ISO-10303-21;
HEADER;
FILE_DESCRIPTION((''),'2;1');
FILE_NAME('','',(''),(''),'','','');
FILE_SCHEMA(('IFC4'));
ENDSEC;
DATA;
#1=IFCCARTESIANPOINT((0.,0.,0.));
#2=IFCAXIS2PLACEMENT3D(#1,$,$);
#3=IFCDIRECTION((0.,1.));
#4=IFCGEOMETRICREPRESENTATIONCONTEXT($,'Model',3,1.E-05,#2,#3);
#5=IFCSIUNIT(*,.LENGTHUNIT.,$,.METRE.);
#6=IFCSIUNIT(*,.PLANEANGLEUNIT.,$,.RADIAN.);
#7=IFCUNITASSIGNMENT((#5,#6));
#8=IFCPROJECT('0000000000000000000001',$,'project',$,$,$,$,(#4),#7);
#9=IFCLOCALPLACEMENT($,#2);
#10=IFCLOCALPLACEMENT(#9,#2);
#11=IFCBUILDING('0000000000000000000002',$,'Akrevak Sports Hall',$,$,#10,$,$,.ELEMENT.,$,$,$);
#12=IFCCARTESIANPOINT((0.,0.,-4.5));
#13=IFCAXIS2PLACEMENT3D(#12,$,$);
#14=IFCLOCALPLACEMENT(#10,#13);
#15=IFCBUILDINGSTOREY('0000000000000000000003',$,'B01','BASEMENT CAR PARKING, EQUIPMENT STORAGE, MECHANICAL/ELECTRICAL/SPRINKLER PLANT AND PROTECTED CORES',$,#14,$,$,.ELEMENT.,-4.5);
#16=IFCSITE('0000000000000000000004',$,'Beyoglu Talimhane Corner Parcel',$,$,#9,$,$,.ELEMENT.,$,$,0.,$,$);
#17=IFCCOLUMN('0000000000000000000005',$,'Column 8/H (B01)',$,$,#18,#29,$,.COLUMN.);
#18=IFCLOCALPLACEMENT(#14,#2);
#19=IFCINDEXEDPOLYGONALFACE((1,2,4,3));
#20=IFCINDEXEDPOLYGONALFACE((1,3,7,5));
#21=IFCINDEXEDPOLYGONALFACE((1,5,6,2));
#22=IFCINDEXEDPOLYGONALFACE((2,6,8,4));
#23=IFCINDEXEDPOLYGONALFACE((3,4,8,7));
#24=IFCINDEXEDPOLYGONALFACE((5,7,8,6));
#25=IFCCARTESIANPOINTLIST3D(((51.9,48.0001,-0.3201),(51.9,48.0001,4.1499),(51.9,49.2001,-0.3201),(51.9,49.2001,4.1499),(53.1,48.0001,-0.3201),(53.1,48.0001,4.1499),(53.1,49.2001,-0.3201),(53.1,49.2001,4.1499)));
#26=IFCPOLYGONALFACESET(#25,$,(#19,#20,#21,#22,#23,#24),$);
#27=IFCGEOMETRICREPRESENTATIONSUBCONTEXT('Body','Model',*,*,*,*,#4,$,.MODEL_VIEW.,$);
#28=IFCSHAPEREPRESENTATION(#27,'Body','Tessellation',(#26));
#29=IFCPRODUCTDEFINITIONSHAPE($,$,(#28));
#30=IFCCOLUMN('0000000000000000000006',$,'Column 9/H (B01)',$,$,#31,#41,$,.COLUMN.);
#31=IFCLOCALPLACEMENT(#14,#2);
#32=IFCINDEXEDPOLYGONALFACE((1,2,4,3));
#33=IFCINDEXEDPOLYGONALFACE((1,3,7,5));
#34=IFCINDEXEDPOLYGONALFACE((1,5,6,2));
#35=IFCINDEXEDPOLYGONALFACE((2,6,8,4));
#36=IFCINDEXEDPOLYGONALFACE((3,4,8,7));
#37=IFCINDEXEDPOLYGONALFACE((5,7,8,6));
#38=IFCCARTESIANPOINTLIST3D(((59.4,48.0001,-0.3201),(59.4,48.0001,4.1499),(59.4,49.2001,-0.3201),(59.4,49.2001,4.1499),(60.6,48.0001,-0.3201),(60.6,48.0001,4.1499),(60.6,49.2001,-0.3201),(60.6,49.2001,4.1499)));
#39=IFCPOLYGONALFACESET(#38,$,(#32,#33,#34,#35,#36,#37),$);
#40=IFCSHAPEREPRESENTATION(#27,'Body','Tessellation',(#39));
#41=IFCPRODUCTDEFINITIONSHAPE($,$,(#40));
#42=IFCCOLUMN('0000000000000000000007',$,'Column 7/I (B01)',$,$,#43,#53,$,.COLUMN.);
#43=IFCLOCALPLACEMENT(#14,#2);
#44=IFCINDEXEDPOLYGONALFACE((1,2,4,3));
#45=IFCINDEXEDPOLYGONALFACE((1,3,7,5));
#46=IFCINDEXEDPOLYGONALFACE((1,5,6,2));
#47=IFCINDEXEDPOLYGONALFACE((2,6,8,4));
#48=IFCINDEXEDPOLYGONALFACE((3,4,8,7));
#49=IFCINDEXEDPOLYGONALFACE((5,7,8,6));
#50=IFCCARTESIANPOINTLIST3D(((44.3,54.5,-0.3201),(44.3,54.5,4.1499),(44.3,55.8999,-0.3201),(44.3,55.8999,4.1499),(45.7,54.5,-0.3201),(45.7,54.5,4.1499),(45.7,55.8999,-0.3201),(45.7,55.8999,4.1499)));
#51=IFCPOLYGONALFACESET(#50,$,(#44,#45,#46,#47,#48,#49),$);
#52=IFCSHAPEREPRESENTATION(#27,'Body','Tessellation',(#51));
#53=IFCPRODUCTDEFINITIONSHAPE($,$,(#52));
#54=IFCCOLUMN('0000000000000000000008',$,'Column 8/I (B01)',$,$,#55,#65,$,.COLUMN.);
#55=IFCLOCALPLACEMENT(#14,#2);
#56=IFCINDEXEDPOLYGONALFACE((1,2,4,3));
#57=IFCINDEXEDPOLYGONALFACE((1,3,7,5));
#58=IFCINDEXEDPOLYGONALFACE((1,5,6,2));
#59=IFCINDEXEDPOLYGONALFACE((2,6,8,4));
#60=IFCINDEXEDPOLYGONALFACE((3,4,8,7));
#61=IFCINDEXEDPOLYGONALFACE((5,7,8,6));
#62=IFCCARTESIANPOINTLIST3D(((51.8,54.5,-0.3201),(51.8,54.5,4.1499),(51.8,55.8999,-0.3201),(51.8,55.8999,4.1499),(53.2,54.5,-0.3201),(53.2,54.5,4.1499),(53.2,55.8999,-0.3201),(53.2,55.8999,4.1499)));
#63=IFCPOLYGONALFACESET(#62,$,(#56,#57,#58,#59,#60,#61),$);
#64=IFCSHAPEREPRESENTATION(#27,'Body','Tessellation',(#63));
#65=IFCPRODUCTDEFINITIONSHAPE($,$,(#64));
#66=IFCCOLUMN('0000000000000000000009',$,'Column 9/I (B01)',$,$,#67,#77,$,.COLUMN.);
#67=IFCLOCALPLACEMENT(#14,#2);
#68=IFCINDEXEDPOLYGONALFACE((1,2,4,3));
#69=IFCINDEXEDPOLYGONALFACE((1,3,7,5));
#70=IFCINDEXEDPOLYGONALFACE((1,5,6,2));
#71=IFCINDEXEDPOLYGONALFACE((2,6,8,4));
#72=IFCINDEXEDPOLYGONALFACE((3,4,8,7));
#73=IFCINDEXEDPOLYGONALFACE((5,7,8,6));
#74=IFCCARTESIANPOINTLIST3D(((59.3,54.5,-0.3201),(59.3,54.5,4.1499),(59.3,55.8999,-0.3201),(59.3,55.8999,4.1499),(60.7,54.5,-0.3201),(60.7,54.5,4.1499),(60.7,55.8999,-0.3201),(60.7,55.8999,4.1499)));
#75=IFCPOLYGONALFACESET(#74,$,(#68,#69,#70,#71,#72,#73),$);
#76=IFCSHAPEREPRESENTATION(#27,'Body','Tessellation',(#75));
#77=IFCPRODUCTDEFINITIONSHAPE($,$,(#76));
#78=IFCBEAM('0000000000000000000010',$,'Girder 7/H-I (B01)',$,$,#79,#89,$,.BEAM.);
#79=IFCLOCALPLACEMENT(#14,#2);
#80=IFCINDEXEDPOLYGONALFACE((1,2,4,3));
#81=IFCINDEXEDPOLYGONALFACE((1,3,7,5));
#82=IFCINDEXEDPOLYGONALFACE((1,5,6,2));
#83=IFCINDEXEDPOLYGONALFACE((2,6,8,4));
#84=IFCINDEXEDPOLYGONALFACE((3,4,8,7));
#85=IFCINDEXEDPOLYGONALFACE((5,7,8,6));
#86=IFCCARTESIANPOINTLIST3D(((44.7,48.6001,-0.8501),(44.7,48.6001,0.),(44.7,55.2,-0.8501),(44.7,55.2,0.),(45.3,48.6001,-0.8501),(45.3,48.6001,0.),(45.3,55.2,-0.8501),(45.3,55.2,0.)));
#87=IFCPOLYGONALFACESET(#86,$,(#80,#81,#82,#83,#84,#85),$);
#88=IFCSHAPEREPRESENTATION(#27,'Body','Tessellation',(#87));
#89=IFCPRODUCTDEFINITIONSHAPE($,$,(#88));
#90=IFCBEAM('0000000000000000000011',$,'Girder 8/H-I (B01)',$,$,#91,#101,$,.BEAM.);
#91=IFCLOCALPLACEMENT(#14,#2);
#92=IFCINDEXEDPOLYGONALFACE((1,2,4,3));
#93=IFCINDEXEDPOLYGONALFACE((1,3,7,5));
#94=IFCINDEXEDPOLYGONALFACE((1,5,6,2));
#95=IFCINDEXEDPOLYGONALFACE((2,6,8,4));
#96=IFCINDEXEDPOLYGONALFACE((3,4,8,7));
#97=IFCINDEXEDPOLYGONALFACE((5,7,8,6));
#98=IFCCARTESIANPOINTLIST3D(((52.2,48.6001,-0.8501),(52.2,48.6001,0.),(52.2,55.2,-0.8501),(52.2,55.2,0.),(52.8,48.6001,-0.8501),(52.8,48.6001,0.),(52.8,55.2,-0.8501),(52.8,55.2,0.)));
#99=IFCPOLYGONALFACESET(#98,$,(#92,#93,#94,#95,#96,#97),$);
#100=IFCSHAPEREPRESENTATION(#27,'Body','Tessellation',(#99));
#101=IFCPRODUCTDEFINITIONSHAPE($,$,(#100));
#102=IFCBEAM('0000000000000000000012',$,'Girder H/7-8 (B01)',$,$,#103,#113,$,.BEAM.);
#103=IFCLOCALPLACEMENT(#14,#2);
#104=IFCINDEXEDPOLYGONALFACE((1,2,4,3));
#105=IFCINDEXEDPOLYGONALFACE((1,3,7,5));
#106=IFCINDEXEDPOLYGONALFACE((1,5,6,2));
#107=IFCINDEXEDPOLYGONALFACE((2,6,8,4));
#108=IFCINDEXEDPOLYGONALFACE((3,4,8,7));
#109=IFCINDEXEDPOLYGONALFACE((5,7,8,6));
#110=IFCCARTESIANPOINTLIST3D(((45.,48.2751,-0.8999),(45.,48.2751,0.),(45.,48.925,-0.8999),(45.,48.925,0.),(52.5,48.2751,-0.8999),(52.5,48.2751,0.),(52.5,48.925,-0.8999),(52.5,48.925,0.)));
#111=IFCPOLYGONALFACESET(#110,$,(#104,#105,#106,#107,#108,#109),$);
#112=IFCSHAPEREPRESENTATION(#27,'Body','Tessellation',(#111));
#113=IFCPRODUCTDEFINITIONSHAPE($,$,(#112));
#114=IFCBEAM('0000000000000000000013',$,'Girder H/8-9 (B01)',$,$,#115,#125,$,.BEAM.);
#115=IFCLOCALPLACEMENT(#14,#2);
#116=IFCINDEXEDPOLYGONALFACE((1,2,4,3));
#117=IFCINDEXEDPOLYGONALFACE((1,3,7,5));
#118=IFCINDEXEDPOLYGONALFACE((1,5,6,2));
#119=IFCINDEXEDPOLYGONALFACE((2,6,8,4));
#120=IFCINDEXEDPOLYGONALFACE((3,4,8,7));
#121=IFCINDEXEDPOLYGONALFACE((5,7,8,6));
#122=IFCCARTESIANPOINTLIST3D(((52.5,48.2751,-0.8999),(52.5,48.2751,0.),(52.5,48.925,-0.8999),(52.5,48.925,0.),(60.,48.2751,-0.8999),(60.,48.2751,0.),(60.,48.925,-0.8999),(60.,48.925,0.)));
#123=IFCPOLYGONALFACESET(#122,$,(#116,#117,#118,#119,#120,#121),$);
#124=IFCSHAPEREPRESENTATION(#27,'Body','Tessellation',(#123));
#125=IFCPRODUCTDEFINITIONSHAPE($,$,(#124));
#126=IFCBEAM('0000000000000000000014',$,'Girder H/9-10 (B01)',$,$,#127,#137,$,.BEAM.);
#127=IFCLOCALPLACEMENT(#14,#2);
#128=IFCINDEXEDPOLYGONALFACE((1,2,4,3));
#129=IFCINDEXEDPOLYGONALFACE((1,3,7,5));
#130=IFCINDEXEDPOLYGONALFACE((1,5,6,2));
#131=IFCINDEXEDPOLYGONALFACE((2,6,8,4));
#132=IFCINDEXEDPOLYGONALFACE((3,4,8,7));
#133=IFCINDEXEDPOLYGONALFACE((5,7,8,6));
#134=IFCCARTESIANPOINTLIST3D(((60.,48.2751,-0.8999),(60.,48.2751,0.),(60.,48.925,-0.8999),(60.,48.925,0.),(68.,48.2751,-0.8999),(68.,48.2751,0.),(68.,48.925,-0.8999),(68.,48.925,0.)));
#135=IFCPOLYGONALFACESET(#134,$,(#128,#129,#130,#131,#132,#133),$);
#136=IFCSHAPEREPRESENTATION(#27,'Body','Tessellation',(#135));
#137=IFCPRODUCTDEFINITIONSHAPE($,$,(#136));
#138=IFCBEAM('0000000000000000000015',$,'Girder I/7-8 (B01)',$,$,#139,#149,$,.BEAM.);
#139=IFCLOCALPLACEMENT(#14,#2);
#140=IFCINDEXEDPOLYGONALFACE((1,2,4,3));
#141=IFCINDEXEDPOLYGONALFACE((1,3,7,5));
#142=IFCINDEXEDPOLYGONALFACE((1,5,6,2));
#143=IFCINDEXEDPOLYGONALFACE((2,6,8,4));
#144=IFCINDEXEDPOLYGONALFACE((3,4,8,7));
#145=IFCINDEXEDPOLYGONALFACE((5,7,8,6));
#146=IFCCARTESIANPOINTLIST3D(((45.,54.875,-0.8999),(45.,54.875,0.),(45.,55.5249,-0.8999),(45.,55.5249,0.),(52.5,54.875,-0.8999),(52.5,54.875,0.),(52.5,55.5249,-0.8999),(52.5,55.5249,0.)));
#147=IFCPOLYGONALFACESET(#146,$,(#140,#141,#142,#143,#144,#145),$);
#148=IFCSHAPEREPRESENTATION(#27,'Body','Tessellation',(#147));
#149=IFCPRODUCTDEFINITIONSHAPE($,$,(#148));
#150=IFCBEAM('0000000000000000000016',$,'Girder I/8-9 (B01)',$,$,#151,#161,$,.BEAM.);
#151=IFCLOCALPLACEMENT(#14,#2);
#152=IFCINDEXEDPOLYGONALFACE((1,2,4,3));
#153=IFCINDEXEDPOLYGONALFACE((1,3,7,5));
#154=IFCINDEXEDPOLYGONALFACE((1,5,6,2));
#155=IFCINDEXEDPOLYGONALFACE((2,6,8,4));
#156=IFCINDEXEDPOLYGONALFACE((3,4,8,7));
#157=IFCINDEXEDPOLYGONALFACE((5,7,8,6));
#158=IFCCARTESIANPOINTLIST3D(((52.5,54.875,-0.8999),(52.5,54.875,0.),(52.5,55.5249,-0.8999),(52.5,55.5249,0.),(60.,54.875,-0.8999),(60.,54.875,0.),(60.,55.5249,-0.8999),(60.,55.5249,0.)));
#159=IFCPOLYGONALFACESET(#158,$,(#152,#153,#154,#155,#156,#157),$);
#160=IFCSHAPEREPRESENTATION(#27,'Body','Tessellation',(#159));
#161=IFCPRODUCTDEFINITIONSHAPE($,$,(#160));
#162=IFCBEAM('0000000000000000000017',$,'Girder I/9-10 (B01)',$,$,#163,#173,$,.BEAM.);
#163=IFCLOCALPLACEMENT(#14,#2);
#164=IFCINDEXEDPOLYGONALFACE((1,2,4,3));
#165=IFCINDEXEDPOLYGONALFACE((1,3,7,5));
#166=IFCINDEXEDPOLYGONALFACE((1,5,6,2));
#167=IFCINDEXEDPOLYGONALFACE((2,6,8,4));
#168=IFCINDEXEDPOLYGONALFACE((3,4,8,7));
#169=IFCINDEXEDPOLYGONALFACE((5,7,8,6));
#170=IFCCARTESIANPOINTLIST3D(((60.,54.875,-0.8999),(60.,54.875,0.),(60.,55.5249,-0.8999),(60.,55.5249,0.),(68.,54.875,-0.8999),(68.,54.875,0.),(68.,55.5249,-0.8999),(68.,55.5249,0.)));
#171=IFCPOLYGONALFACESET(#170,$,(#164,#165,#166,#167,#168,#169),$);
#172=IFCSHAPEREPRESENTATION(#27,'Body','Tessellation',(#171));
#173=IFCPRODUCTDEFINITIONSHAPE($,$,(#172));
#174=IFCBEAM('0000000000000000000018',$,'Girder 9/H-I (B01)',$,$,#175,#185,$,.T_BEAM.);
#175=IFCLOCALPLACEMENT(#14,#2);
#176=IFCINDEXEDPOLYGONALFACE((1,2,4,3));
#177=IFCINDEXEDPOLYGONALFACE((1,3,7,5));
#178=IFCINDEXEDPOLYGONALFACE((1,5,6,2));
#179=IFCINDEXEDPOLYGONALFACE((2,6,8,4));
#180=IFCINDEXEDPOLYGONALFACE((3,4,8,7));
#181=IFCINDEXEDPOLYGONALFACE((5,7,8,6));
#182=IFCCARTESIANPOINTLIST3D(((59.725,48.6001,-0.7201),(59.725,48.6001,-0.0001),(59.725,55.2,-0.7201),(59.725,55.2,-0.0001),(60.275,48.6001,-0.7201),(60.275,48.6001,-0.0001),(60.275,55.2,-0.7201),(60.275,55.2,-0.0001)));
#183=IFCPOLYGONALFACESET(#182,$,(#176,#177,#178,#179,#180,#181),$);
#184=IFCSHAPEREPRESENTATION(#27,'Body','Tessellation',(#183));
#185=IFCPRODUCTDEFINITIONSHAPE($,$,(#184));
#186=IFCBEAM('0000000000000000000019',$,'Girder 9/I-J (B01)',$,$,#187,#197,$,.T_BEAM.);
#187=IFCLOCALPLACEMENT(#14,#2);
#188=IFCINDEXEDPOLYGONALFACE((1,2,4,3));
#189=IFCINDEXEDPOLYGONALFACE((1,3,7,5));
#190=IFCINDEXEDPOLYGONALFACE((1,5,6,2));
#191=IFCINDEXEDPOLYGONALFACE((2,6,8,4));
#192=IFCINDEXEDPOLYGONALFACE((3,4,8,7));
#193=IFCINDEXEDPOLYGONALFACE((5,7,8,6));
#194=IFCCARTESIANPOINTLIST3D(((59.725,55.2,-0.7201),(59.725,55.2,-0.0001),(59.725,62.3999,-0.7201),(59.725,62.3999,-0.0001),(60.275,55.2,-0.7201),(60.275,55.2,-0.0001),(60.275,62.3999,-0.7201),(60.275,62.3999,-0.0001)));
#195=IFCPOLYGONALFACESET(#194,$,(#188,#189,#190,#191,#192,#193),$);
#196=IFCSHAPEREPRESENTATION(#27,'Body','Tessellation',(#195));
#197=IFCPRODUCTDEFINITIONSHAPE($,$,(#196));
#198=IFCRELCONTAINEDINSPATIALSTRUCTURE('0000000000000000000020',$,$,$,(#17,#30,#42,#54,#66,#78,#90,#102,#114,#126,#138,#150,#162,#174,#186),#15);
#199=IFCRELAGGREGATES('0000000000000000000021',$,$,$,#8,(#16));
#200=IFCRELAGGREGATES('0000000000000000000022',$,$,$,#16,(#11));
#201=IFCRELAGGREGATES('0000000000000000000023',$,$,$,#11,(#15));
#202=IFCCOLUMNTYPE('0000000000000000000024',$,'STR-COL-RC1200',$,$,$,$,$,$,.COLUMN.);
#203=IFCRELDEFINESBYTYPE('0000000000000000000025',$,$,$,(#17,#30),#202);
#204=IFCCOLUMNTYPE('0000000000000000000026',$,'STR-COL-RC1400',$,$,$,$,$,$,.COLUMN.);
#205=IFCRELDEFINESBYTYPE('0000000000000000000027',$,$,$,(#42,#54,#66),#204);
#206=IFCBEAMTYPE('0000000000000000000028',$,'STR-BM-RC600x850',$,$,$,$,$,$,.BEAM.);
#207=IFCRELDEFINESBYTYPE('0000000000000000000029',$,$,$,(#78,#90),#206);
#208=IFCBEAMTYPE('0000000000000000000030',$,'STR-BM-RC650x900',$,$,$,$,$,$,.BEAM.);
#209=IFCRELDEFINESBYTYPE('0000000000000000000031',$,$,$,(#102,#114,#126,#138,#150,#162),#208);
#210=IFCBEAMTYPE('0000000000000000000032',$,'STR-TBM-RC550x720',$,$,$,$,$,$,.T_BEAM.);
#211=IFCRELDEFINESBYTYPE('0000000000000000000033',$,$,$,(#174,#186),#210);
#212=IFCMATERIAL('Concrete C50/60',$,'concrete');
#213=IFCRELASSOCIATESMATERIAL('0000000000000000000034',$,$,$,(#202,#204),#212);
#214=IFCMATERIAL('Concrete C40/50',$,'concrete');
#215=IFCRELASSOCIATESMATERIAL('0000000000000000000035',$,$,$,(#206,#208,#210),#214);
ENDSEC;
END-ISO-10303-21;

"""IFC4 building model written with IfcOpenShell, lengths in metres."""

from ifc_helpers import new_model, si_unit, direction, frame, origin, origin_2d, place, context, subcontext, project, spatial, rectangle, extrude, material, material_profile, profile_set, type_object, element, save


model = new_model("IFC4")

# Units and contexts
model_context = context("Model", 3, precision=1e-05, world=origin(), true_north=direction((0.0, 1.0)))
body_context = subcontext(model_context, "Body", "Model", "MODEL_VIEW")
ifc_project = project(units=[si_unit("LENGTHUNIT", "METRE"), si_unit("PLANEANGLEUNIT", "RADIAN")], contexts=[model_context])

# Site, building, storey
site_placement = place(None, origin())
site = spatial("IfcSite", under=ifc_project, at=site_placement, Name="Beyoglu Talimhane Corner Parcel", CompositionType="ELEMENT", RefElevation=0.0)
building_placement = place(site_placement, origin())
building = spatial("IfcBuilding", under=site, at=building_placement, Name="Akrevak Sports Hall", CompositionType="ELEMENT")
storey_placement = place(building_placement, frame((0.0, 0.0, -4.5)))
storey = spatial("IfcBuildingStorey", under=building, at=storey_placement, Name="B01", Description="BASEMENT CAR PARKING, EQUIPMENT STORAGE, MECHANICAL/ELECTRICAL/SPRINKLER PLANT AND PROTECTED CORES", CompositionType="ELEMENT", Elevation=-4.5)

# Columns
ifc_material_1 = material(Name="Concrete C50/60", Category="concrete")
ifc_material_profile_1 = material_profile(ifc_material_1, rectangle(XDim=1.2, YDim=1.2, at=origin_2d()), Name="RC 1200x1200", Category="concrete")
ifc_profile_set_1 = profile_set([ifc_material_profile_1], Name="Concrete C50/60")
column_type_1 = type_object("IfcColumnType", Name="STR-COL-RC1200", PredefinedType="COLUMN", material=ifc_profile_set_1)
for number, where, z_axis, x_axis, name in (
    (1, (52.5, 48.6001, -0.3201), (0.0, 0.0, 1.0), (1.0, 0.0, 0.0), "Column 8/H (B01)"),
    (2, (60.0, 48.6001, -0.3201), (0.0, 0.0, 1.0), (1.0, 0.0, 0.0), "Column 9/H (B01)"),
):
    element("IfcColumn", number, at=place(storey_placement, frame(where, z_axis=z_axis, x_axis=x_axis)), inside=storey, type_object=column_type_1, Name=name, PredefinedType="COLUMN", context=body_context, shape_type="SweptSolid", body=[
        extrude(rectangle(XDim=1.2, YDim=1.2, at=origin_2d()), origin(), (0.0, 0.0, 1.0), 4.47),
    ])
ifc_material_profile_2 = material_profile(ifc_material_1, rectangle(XDim=1.3999, YDim=1.3999, at=origin_2d()), Name="RC 1400x1400", Category="concrete")
ifc_profile_set_2 = profile_set([ifc_material_profile_2], Name="Concrete C50/60")
column_type_2 = type_object("IfcColumnType", Name="STR-COL-RC1400", PredefinedType="COLUMN", material=ifc_profile_set_2)
for number, where, z_axis, x_axis, name in (
    (3, (45.0, 55.2, -0.3201), (0.0, 0.0, 1.0), (1.0, 0.0, 0.0), "Column 7/I (B01)"),
    (4, (52.5, 55.2, -0.3201), (0.0, 0.0, 1.0), (1.0, 0.0, 0.0), "Column 8/I (B01)"),
    (5, (60.0, 55.2, -0.3201), (0.0, 0.0, 1.0), (1.0, 0.0, 0.0), "Column 9/I (B01)"),
):
    element("IfcColumn", number, at=place(storey_placement, frame(where, z_axis=z_axis, x_axis=x_axis)), inside=storey, type_object=column_type_2, Name=name, PredefinedType="COLUMN", context=body_context, shape_type="SweptSolid", body=[
        extrude(rectangle(XDim=1.3999, YDim=1.3999, at=origin_2d()), origin(), (0.0, 0.0, 1.0), 4.47),
    ])

# Beams
ifc_material_2 = material(Name="Concrete C40/50", Category="concrete")
ifc_material_profile_3 = material_profile(ifc_material_2, rectangle(XDim=0.6001, YDim=0.8501, at=origin_2d()), Name="BM 600x850", Category="concrete")
ifc_profile_set_3 = profile_set([ifc_material_profile_3], Name="Concrete C40/50")
beam_type_1 = type_object("IfcBeamType", Name="STR-BM-RC600x850", PredefinedType="BEAM", material=ifc_profile_set_3)
for number, where, z_axis, x_axis, name in (
    (6, (45.0, 48.6001, -0.425), (0.0, 1.0, 0.0), (-1.0, 0.0, 0.0), "Girder 7/H-I (B01)"),
    (7, (52.5, 48.6001, -0.425), (0.0, 1.0, 0.0), (-1.0, 0.0, 0.0), "Girder 8/H-I (B01)"),
):
    element("IfcBeam", number, at=place(storey_placement, frame(where, z_axis=z_axis, x_axis=x_axis)), inside=storey, type_object=beam_type_1, Name=name, PredefinedType="BEAM", context=body_context, shape_type="SweptSolid", body=[
        extrude(rectangle(XDim=0.6001, YDim=0.8501, at=origin_2d()), origin(), (0.0, 0.0, 1.0), 6.5999),
    ])
ifc_material_profile_4 = material_profile(ifc_material_2, rectangle(XDim=0.6499, YDim=0.8999, at=origin_2d()), Name="BM 650x900", Category="concrete")
ifc_profile_set_4 = profile_set([ifc_material_profile_4], Name="Concrete C40/50")
beam_type_2 = type_object("IfcBeamType", Name="STR-BM-RC650x900", PredefinedType="BEAM", material=ifc_profile_set_4)
for number, where, z_axis, x_axis, name in (
    (8, (45.0, 48.6001, -0.45), (1.0, 0.0, 0.0), (0.0, 1.0, 0.0), "Girder H/7-8 (B01)"),
    (9, (52.5, 48.6001, -0.45), (1.0, 0.0, 0.0), (0.0, 1.0, 0.0), "Girder H/8-9 (B01)"),
):
    element("IfcBeam", number, at=place(storey_placement, frame(where, z_axis=z_axis, x_axis=x_axis)), inside=storey, type_object=beam_type_2, Name=name, PredefinedType="BEAM", context=body_context, shape_type="SweptSolid", body=[
        extrude(rectangle(XDim=0.6499, YDim=0.8999, at=origin_2d()), origin(), (0.0, 0.0, 1.0), 7.5),
    ])
beam_1_placement = place(storey_placement, frame((60.0, 48.6001, -0.45), z_axis=(1.0, 0.0, 0.0), x_axis=(0.0, 1.0, 0.0)))
element("IfcBeam", 10, at=beam_1_placement, inside=storey, type_object=beam_type_2, Name="Girder H/9-10 (B01)", PredefinedType="BEAM", context=body_context, shape_type="SweptSolid", body=[
    extrude(rectangle(XDim=0.6499, YDim=0.8999, at=origin_2d()), origin(), (0.0, 0.0, 1.0), 8.0),
])
for number, where, z_axis, x_axis, name in (
    (11, (45.0, 55.2, -0.45), (1.0, 0.0, 0.0), (0.0, 1.0, 0.0), "Girder I/7-8 (B01)"),
    (12, (52.5, 55.2, -0.45), (1.0, 0.0, 0.0), (0.0, 1.0, 0.0), "Girder I/8-9 (B01)"),
):
    element("IfcBeam", number, at=place(storey_placement, frame(where, z_axis=z_axis, x_axis=x_axis)), inside=storey, type_object=beam_type_2, Name=name, PredefinedType="BEAM", context=body_context, shape_type="SweptSolid", body=[
        extrude(rectangle(XDim=0.6499, YDim=0.8999, at=origin_2d()), origin(), (0.0, 0.0, 1.0), 7.5),
    ])
beam_2_placement = place(storey_placement, frame((60.0, 55.2, -0.45), z_axis=(1.0, 0.0, 0.0), x_axis=(0.0, 1.0, 0.0)))
element("IfcBeam", 13, at=beam_2_placement, inside=storey, type_object=beam_type_2, Name="Girder I/9-10 (B01)", PredefinedType="BEAM", context=body_context, shape_type="SweptSolid", body=[
    extrude(rectangle(XDim=0.6499, YDim=0.8999, at=origin_2d()), origin(), (0.0, 0.0, 1.0), 8.0),
])
ifc_material_profile_5 = material_profile(ifc_material_2, rectangle(XDim=0.55, YDim=0.72, at=origin_2d()), Name="TBM 550x720", Category="concrete")
ifc_profile_set_5 = profile_set([ifc_material_profile_5], Name="Concrete C40/50")
beam_type_3 = type_object("IfcBeamType", Name="STR-TBM-RC550x720", PredefinedType="T_BEAM", material=ifc_profile_set_5)
beam_3_placement = place(storey_placement, frame((60.0, 48.6001, -0.3601), z_axis=(0.0, 1.0, 0.0), x_axis=(-1.0, 0.0, 0.0)))
element("IfcBeam", 14, at=beam_3_placement, inside=storey, type_object=beam_type_3, Name="Girder 9/H-I (B01)", PredefinedType="T_BEAM", context=body_context, shape_type="SweptSolid", body=[
    extrude(rectangle(XDim=0.55, YDim=0.72, at=origin_2d()), origin(), (0.0, 0.0, 1.0), 6.5999),
])
beam_4_placement = place(storey_placement, frame((60.0, 55.2, -0.3601), z_axis=(0.0, 1.0, 0.0), x_axis=(-1.0, 0.0, 0.0)))
element("IfcBeam", 15, at=beam_4_placement, inside=storey, type_object=beam_type_3, Name="Girder 9/I-J (B01)", PredefinedType="T_BEAM", context=body_context, shape_type="SweptSolid", body=[
    extrude(rectangle(XDim=0.55, YDim=0.72, at=origin_2d()), origin(), (0.0, 0.0, 1.0), 7.2),
])

save(model, "model.ifc")
